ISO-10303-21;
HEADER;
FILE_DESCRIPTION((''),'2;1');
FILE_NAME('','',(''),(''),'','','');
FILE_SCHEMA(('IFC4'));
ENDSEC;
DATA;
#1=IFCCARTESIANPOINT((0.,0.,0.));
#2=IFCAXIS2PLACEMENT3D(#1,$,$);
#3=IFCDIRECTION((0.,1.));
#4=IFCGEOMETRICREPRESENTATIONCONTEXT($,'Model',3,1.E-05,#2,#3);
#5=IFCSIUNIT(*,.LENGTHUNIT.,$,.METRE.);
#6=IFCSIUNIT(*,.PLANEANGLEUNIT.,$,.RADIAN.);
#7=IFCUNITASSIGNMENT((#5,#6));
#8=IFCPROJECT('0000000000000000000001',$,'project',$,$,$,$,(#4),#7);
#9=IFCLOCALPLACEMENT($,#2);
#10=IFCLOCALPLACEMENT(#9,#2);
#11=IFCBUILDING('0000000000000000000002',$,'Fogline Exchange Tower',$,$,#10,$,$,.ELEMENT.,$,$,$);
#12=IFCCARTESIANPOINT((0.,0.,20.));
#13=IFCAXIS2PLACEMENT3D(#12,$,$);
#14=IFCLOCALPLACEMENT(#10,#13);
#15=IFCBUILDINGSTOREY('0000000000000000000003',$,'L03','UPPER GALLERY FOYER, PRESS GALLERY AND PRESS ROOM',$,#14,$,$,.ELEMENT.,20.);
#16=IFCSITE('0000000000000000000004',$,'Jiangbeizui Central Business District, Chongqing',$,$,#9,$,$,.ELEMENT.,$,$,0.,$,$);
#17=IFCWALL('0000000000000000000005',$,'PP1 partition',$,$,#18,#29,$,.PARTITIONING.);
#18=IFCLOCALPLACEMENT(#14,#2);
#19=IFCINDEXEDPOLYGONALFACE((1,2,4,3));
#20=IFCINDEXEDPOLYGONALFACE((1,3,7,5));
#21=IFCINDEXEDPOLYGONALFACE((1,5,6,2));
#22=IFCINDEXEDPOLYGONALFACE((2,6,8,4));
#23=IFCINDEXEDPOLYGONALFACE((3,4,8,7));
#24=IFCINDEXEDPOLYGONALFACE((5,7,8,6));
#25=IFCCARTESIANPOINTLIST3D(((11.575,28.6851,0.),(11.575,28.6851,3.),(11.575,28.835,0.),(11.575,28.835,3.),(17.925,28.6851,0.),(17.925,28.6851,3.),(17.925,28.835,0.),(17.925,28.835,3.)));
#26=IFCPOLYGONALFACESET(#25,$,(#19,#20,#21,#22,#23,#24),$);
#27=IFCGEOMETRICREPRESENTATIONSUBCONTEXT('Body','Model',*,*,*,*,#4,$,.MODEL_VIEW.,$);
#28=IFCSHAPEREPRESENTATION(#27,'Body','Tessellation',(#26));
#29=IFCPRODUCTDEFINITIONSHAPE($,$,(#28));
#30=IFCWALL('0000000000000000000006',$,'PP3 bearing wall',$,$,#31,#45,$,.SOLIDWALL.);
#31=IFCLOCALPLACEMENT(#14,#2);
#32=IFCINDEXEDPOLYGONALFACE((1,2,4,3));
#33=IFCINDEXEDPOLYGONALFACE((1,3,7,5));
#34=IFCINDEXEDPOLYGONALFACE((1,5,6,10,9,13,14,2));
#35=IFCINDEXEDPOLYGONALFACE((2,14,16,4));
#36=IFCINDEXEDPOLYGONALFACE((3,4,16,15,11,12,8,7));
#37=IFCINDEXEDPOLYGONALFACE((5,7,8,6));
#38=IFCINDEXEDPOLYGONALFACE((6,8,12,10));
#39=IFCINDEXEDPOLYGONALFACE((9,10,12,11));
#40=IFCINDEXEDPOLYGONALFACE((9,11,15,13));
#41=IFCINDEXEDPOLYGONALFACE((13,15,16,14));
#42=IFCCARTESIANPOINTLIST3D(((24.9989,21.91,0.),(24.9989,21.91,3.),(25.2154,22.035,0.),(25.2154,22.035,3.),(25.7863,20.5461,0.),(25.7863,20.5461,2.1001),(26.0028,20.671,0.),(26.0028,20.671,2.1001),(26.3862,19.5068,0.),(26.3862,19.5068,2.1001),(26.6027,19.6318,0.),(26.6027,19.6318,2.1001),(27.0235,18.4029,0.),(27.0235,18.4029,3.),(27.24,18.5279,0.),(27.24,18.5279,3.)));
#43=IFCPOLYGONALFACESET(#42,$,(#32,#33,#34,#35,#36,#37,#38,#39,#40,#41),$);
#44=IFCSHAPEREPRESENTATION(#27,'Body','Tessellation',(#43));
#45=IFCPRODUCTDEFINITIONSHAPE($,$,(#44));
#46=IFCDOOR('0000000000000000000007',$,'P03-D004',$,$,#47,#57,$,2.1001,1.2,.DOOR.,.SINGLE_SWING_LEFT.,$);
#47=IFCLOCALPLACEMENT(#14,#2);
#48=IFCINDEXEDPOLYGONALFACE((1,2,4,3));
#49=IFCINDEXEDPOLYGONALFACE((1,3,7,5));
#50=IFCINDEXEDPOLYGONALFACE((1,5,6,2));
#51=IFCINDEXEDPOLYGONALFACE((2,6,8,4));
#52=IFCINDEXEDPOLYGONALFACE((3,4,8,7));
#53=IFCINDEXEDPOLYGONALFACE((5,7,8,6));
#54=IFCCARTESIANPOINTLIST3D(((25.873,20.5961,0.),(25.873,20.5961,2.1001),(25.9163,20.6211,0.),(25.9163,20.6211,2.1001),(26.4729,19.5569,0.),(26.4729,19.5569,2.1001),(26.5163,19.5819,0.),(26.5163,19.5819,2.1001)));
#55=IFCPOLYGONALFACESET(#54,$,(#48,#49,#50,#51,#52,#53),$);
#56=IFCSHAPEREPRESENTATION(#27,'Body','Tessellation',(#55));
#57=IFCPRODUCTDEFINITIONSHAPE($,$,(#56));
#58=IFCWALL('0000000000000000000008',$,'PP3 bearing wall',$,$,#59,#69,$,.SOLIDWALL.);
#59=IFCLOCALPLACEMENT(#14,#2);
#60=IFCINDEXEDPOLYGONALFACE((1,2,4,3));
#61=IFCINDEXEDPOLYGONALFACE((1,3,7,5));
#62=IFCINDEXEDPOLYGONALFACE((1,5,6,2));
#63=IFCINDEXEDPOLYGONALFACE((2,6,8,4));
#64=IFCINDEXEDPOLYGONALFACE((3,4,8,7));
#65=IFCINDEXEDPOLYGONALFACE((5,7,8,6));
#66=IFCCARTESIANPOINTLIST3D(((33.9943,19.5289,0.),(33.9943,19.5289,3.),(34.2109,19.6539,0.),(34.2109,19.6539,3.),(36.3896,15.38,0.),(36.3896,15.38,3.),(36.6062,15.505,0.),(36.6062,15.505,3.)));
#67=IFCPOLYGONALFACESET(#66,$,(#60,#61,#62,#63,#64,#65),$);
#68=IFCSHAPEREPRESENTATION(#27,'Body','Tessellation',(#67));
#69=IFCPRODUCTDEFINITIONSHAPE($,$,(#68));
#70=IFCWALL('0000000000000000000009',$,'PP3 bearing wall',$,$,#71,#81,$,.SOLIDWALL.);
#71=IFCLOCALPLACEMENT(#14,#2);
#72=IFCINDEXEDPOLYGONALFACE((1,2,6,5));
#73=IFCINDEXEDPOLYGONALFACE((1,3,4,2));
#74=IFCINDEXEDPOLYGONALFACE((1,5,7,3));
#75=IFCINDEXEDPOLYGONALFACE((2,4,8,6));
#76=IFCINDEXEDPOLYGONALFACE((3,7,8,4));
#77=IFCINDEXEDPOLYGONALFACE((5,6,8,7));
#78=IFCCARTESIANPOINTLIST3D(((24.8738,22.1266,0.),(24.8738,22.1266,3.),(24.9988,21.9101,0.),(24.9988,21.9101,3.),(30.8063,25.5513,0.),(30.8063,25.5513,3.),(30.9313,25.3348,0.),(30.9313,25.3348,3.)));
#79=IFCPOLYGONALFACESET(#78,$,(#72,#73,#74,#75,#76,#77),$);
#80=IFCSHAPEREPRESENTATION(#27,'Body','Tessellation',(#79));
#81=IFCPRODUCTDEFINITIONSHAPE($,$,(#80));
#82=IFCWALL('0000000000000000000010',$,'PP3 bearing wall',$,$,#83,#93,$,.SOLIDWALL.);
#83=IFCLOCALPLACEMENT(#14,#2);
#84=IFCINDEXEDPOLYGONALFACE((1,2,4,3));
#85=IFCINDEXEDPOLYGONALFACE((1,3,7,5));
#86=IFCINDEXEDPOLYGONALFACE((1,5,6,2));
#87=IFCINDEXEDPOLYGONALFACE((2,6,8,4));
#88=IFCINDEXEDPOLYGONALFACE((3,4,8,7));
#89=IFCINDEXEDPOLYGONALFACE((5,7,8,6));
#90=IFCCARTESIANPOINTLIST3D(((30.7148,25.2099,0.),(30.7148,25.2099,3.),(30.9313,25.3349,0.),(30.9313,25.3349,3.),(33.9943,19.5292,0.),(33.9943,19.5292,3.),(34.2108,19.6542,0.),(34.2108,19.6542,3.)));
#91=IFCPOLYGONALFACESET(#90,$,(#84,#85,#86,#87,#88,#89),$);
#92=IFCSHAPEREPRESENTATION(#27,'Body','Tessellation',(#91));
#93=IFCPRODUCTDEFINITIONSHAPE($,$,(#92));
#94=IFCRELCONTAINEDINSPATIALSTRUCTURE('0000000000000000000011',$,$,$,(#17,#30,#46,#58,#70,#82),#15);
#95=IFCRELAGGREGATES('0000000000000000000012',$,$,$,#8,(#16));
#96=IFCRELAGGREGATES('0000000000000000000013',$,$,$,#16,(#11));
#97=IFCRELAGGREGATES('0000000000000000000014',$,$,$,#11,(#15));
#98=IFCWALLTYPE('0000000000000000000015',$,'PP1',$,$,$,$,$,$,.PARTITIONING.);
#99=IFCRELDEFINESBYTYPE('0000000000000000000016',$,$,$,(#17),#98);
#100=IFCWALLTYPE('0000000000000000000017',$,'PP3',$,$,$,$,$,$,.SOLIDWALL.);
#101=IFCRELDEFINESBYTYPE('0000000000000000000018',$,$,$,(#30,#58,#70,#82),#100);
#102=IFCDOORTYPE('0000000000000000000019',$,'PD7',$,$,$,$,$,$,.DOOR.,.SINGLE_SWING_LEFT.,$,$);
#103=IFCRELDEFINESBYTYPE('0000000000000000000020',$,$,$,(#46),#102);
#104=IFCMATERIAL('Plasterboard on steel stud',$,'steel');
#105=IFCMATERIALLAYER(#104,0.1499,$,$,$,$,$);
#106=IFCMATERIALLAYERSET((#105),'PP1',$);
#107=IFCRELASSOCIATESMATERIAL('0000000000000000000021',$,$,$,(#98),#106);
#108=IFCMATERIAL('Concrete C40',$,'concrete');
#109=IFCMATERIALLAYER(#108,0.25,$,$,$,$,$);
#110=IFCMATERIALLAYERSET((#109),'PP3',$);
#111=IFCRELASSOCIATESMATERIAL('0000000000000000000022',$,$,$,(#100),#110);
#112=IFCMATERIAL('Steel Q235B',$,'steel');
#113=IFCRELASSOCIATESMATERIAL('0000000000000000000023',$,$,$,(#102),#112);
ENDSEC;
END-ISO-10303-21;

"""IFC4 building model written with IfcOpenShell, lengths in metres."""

from ifc_helpers import new_model, si_unit, direction, frame, frame_2d, origin, place, context, subcontext, project, spatial, rectangle, extrude, material, layer, layer_set, type_object, element, fill, save


model = new_model("IFC4")

# Units and contexts
model_context = context("Model", 3, precision=1e-05, world=origin(), true_north=direction((0.0, 1.0)))
body_context = subcontext(model_context, "Body", "Model", "MODEL_VIEW")
ifc_project = project(units=[si_unit("LENGTHUNIT", "METRE"), si_unit("PLANEANGLEUNIT", "RADIAN")], contexts=[model_context])

# Site, building, storey
site_placement = place(None, origin())
site = spatial("IfcSite", under=ifc_project, at=site_placement, Name="Jiangbeizui Central Business District, Chongqing", CompositionType="ELEMENT", RefElevation=0.0)
building_placement = place(site_placement, origin())
building = spatial("IfcBuilding", under=site, at=building_placement, Name="Fogline Exchange Tower", CompositionType="ELEMENT")
storey_placement = place(building_placement, frame((0.0, 0.0, 20.0)))
storey = spatial("IfcBuildingStorey", under=building, at=storey_placement, Name="L03", Description="UPPER GALLERY FOYER, PRESS GALLERY AND PRESS ROOM", CompositionType="ELEMENT", Elevation=20.0)

# Shared definitions
ifc_material_1 = material(Name="Concrete C40", Category="concrete")

# Shared definitions
ifc_material_2 = material(Name="Plasterboard on steel stud", Category="steel")
ifc_layer_1 = layer(ifc_material_2, 0.1499)
ifc_layer_set_1 = layer_set([ifc_layer_1], Name="PP1")
wall_type_1 = type_object("IfcWallType", Name="PP1", PredefinedType="PARTITIONING", material=ifc_layer_set_1)

# Shared definitions
ifc_material_3 = material(Name="Steel Q235B", Category="steel")

# Wall
wall_1_placement = place(storey_placement, frame((11.575, 28.76, 0.0), z_axis=(0.0, 0.0, 1.0), x_axis=(1.0, 0.0, 0.0)))
element("IfcWall", 1, at=wall_1_placement, inside=storey, type_object=wall_type_1, Name="PP1 partition", PredefinedType="PARTITIONING", context=body_context, shape_type="SweptSolid", body=[
    extrude(rectangle(XDim=6.3501, YDim=0.1499, at=frame_2d((3.175, 0.0))), origin(), (0.0, 0.0, 1.0), 3.0),
])

# Wall, opening, door
ifc_layer_2 = layer(ifc_material_1, 0.25)
ifc_layer_set_2 = layer_set([ifc_layer_2], Name="PP3")
wall_type_2 = type_object("IfcWallType", Name="PP3", PredefinedType="SOLIDWALL", material=ifc_layer_set_2)
wall_2_placement = place(storey_placement, frame((27.1318, 18.4653, 0.0), z_axis=(0.0, 0.0, 1.0), x_axis=(-0.499971, 0.866042, 0.0)))
wall_2 = element("IfcWall", 2, at=wall_2_placement, inside=storey, type_object=wall_type_2, Name="PP3 bearing wall", PredefinedType="SOLIDWALL", context=body_context, shape_type="SweptSolid", body=[
    extrude(rectangle(XDim=4.0496, YDim=0.25, at=frame_2d((2.0249, 0.0))), origin(), (0.0, 0.0, 1.0), 3.0),
])
opening_1_placement = place(wall_2_placement, frame((1.2747, 0.0, 0.0)))
opening_1 = element("IfcOpeningElement", 3, at=opening_1_placement, cuts=wall_2, PredefinedType="OPENING", context=body_context, shape_type="SweptSolid", body=[
    extrude(rectangle(XDim=1.2, YDim=2.1001, at=frame_2d((0.6001, 1.05))), frame((0.0, 0.135, 0.0), z_axis=(0.0, -1.0, 0.0), x_axis=(1.0, 0.0, 0.0)), (0.0, 0.0, 1.0), 0.27),
])
door_type_1 = type_object("IfcDoorType", Name="PD7", OperationType="SINGLE_SWING_LEFT", PredefinedType="DOOR", material=ifc_material_3)
door_1_placement = place(opening_1_placement, origin())
door_1 = element("IfcDoor", 4, at=door_1_placement, inside=storey, type_object=door_type_1, Name="P03-D004", OperationType="SINGLE_SWING_LEFT", OverallHeight=2.1001, OverallWidth=1.2, PredefinedType="DOOR", context=body_context, shape_type="SweptSolid", body=[
    extrude(rectangle(XDim=1.2, YDim=2.1001, at=frame_2d((0.6001, 1.05))), frame((0.0, 0.0249, 0.0), z_axis=(0.0, -1.0, 0.0), x_axis=(1.0, 0.0, 0.0)), (0.0, 0.0, 1.0), 0.05),
])
fill(opening_1, door_1)

# Walls
wall_3_placement = place(storey_placement, frame((34.1025, 19.5916, 0.0), z_axis=(0.0, 0.0, 1.0), x_axis=(0.499981, -0.866036, 0.0)))
element("IfcWall", 5, at=wall_3_placement, inside=storey, type_object=wall_type_2, Name="PP3 bearing wall", PredefinedType="SOLIDWALL", context=body_context, shape_type="SweptSolid", body=[
    extrude(rectangle(XDim=4.7908, YDim=0.25, at=frame_2d((2.3955, 0.0))), origin(), (0.0, 0.0, 1.0), 3.0),
])
wall_4_placement = place(storey_placement, frame((24.9363, 22.0183, 0.0), z_axis=(0.0, 0.0, 1.0), x_axis=(0.86605, 0.499957, 0.0)))
element("IfcWall", 6, at=wall_4_placement, inside=storey, type_object=wall_type_2, Name="PP3 bearing wall", PredefinedType="SOLIDWALL", context=body_context, shape_type="SweptSolid", body=[
    extrude(rectangle(XDim=6.8501, YDim=0.25, at=frame_2d((3.425, 0.0))), origin(), (0.0, 0.0, 1.0), 3.0),
])
wall_5_placement = place(storey_placement, frame((30.823, 25.2725, 0.0), z_axis=(0.0, 0.0, 1.0), x_axis=(0.499978, -0.866038, 0.0)))
element("IfcWall", 7, at=wall_5_placement, inside=storey, type_object=wall_type_2, Name="PP3 bearing wall", PredefinedType="SOLIDWALL", context=body_context, shape_type="SweptSolid", body=[
    extrude(rectangle(XDim=6.5593, YDim=0.25, at=frame_2d((3.2798, 0.0))), origin(), (0.0, 0.0, 1.0), 3.0),
])

save(model, "model.ifc")
